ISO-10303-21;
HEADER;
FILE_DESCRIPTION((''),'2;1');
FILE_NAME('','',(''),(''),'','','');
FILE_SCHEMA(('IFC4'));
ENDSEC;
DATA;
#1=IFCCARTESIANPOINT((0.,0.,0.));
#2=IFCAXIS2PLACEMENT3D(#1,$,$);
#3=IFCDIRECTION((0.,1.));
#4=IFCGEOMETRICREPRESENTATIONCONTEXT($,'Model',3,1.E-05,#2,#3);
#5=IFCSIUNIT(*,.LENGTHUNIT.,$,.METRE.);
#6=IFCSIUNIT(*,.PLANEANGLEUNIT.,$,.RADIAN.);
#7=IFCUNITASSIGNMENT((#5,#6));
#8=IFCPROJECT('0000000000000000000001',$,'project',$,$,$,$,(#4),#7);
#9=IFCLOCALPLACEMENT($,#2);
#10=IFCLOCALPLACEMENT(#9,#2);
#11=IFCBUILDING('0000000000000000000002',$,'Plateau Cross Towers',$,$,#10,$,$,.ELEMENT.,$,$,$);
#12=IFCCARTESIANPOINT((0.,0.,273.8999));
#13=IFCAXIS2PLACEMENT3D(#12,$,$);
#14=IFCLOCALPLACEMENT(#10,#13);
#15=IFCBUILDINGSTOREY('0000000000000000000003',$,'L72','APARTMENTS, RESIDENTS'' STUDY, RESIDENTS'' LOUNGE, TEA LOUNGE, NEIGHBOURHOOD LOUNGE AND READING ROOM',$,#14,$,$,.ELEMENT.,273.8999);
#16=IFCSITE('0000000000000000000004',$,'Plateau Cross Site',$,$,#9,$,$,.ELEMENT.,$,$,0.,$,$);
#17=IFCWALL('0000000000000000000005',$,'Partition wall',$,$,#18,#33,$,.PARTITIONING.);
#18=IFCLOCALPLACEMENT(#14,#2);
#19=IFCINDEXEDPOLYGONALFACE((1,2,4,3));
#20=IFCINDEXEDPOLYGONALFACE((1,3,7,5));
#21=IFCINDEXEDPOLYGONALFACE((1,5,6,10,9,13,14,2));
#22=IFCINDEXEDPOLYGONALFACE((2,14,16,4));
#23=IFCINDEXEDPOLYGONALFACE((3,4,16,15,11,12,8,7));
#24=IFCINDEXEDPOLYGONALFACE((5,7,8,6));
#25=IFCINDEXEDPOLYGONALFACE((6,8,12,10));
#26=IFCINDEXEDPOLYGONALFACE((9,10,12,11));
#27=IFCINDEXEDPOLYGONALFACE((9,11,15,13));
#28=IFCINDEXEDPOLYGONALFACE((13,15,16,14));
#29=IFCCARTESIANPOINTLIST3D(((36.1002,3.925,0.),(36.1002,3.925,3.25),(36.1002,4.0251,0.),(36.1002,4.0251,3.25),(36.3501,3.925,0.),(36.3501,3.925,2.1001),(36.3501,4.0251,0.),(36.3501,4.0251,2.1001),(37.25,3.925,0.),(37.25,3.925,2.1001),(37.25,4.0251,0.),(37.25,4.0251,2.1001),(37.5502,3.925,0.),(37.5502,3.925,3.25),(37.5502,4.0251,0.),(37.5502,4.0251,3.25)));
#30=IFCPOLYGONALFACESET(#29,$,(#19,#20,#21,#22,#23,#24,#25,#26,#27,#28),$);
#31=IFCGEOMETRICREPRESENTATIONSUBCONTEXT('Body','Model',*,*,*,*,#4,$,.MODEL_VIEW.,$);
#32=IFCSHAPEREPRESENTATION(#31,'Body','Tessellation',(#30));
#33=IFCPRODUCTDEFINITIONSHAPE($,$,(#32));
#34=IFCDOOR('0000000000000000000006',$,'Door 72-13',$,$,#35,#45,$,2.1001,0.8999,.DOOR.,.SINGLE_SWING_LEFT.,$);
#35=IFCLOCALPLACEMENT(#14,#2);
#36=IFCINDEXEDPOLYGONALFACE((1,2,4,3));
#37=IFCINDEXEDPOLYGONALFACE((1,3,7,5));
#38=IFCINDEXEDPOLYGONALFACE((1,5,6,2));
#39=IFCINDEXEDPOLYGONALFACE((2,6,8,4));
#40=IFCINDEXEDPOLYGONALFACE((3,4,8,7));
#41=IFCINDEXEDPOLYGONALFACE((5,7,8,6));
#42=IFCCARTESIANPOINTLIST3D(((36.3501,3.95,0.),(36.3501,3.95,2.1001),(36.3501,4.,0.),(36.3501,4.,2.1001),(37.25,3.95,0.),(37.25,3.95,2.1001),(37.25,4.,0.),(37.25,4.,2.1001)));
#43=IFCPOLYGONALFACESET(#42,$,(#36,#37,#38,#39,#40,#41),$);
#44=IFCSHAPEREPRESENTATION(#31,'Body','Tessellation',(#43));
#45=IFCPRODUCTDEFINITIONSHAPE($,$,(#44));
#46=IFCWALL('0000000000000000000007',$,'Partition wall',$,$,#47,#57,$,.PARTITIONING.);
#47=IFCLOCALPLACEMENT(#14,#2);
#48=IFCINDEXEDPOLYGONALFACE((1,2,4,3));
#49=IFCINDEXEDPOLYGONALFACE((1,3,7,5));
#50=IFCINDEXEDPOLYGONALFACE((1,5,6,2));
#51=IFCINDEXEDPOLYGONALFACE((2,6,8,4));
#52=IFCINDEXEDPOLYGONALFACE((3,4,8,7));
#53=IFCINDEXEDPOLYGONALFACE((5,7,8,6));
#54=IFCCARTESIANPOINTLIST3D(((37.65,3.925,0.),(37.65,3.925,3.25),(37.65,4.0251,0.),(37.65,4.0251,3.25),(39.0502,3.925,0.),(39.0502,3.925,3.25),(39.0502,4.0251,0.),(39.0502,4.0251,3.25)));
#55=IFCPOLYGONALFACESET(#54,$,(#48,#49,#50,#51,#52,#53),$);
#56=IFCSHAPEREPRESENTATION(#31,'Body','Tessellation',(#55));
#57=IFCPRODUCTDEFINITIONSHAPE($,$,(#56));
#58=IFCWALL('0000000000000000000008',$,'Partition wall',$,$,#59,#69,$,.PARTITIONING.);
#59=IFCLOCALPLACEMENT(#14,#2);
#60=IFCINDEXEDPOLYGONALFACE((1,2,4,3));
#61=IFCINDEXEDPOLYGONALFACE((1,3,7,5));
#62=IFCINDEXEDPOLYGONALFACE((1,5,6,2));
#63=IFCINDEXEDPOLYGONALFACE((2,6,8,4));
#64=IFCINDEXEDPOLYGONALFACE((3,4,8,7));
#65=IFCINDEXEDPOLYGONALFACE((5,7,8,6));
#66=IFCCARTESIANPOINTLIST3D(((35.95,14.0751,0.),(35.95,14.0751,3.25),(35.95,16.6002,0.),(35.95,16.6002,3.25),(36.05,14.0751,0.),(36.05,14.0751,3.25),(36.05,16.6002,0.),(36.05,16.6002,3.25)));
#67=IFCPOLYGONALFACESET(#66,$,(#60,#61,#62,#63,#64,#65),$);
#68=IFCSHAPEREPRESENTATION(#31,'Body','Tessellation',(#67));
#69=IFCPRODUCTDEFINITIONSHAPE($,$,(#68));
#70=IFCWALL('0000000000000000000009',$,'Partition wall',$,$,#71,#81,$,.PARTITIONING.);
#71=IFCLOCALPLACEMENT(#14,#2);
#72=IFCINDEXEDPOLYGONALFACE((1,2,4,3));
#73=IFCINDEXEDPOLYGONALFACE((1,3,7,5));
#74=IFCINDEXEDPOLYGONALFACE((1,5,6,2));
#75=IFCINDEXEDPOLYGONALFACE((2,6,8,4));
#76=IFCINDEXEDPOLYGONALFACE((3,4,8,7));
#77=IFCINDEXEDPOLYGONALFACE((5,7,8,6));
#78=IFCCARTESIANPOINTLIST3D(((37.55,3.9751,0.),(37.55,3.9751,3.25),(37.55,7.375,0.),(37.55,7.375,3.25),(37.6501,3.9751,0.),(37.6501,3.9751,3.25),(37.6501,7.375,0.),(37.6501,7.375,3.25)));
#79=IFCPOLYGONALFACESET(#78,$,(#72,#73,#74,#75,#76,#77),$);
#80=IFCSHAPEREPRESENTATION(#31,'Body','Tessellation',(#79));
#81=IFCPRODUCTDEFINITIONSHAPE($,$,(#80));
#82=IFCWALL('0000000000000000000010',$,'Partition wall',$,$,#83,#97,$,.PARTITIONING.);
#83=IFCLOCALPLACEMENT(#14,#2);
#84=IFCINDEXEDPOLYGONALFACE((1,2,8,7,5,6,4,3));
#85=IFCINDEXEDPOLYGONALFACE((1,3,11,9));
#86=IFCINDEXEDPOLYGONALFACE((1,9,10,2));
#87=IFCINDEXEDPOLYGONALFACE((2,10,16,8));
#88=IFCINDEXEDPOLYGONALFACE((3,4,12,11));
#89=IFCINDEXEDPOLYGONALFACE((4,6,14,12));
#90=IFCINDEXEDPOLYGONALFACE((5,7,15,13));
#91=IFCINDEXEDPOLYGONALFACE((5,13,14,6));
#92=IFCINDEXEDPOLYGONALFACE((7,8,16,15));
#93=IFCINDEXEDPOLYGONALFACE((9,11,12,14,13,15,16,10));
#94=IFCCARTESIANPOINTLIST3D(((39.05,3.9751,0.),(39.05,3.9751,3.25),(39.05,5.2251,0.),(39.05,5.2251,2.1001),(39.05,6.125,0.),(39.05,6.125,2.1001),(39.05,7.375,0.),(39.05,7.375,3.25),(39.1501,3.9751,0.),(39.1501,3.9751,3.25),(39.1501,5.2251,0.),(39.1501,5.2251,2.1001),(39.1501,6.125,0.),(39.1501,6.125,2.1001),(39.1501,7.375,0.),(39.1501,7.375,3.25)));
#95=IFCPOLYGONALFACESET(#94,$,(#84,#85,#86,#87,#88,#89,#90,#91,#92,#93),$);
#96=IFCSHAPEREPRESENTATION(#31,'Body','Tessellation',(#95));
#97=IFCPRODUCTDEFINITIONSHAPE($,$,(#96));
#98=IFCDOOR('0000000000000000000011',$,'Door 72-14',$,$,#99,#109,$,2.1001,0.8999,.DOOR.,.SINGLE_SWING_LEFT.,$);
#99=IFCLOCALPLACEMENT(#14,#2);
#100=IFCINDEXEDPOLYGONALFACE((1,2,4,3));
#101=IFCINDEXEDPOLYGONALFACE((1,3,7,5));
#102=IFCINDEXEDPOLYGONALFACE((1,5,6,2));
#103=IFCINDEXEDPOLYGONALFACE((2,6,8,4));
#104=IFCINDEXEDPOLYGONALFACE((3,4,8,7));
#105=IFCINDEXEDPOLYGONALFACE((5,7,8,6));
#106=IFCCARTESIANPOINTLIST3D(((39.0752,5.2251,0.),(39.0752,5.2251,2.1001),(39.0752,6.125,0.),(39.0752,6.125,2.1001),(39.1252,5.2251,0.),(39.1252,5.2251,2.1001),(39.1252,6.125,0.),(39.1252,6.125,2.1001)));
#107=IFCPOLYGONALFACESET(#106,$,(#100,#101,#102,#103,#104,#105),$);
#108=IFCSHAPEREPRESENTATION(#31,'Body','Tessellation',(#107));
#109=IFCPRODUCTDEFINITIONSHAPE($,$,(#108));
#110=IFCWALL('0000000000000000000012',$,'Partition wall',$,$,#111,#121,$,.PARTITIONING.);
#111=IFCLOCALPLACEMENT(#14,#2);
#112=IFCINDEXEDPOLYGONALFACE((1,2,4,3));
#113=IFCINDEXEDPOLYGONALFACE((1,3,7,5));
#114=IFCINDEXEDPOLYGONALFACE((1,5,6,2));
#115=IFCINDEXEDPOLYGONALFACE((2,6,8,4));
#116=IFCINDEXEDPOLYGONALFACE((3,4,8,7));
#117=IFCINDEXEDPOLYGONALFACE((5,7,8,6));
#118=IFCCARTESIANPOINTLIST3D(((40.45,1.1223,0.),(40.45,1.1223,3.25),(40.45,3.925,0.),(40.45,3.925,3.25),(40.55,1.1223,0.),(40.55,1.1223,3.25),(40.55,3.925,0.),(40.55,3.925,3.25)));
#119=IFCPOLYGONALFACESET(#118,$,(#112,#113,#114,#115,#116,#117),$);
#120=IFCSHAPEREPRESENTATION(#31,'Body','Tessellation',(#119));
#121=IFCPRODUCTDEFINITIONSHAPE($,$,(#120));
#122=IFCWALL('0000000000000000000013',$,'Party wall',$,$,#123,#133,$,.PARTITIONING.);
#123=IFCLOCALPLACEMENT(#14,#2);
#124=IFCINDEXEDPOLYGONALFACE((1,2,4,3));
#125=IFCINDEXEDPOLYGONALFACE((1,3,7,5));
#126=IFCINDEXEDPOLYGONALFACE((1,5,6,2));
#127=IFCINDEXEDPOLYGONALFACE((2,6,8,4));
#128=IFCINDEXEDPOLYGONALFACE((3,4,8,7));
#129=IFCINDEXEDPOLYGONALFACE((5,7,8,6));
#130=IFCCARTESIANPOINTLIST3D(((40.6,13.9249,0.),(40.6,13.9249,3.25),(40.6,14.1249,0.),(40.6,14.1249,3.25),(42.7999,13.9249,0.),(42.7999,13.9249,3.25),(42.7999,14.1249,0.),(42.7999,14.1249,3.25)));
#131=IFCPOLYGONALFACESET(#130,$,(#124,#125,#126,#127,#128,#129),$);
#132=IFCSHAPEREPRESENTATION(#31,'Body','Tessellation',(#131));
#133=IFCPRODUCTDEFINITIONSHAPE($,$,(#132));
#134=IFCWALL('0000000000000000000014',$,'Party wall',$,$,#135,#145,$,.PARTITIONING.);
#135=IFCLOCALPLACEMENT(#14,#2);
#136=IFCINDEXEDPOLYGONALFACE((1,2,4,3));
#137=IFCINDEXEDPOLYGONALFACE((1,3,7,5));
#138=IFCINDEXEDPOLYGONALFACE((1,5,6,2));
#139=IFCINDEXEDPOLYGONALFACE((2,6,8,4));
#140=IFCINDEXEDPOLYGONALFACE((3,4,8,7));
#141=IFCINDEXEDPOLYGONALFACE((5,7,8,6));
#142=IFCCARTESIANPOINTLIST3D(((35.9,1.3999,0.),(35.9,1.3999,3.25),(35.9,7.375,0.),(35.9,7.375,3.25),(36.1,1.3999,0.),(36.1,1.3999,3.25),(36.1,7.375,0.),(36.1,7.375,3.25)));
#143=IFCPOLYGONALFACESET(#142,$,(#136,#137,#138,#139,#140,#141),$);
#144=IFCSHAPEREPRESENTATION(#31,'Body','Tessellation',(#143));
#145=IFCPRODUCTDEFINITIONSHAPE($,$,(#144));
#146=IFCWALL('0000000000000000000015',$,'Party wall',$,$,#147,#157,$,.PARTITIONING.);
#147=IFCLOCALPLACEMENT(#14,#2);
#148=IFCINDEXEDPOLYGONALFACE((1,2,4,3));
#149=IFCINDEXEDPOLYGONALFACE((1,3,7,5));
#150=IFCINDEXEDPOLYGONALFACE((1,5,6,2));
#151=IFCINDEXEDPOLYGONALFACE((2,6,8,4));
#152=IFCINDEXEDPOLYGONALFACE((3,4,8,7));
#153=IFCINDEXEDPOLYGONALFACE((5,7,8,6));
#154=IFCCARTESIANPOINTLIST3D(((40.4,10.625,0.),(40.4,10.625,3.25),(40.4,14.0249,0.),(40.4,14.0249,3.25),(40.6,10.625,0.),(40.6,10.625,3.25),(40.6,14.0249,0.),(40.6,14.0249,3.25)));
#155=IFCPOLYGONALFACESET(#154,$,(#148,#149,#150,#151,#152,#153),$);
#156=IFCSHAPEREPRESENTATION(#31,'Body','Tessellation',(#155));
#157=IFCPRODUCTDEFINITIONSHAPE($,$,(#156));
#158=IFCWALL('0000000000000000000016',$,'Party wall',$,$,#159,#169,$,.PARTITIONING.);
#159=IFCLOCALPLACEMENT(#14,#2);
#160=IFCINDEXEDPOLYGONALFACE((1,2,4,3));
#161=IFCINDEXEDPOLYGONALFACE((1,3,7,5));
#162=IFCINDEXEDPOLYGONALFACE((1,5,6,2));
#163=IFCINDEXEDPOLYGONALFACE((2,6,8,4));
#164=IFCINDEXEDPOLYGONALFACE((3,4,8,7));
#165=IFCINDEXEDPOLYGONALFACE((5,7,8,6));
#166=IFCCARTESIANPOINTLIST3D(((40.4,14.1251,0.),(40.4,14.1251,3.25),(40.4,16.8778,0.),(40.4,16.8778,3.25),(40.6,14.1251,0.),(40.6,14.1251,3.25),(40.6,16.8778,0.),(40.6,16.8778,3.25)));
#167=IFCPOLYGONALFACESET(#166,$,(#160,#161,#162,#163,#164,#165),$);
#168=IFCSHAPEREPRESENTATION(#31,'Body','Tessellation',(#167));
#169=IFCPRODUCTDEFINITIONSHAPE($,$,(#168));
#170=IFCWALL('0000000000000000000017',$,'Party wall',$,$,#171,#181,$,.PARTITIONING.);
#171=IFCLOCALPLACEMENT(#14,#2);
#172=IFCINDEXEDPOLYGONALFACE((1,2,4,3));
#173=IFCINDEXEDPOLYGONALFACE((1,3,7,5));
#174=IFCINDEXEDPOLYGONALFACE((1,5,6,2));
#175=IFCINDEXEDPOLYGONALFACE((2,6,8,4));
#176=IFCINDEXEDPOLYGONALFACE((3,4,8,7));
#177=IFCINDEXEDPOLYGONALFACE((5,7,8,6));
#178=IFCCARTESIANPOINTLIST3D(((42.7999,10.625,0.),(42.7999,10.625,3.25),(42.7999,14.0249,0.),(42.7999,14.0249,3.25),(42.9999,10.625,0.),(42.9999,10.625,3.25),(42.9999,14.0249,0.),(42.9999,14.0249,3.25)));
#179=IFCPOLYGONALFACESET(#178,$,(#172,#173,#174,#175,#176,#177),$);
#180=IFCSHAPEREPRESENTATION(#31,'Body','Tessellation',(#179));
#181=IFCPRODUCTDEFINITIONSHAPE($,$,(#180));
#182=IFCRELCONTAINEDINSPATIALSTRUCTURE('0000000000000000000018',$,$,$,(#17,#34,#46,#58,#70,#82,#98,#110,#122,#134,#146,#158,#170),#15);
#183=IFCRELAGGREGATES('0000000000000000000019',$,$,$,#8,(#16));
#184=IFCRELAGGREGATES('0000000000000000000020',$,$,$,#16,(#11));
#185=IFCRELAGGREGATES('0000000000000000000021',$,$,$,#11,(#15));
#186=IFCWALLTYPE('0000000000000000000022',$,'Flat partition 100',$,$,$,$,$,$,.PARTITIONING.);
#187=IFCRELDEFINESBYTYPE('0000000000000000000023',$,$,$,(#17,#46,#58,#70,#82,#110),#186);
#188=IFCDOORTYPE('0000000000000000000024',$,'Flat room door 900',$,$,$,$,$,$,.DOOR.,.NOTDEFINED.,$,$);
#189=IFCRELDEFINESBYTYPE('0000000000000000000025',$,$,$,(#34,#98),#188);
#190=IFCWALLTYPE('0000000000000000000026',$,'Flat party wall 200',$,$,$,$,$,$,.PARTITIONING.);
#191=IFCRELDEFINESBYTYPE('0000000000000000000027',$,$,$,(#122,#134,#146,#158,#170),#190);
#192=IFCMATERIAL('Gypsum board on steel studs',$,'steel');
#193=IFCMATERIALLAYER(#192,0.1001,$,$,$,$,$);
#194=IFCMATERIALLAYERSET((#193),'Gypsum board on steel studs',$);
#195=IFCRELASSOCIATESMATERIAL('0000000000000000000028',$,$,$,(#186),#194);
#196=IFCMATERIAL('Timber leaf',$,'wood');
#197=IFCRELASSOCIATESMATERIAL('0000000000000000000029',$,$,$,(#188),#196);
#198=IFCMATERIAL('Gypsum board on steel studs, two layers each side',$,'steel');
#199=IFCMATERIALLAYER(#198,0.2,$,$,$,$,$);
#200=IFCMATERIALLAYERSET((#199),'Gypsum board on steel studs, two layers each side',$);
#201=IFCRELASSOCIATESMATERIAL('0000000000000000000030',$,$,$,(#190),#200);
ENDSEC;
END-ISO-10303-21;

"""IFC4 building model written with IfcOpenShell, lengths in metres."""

from ifc_helpers import new_model, si_unit, direction, frame, frame_2d, origin, place, context, subcontext, project, spatial, rectangle, extrude, material, layer, layer_set, type_object, element, fill, save


model = new_model("IFC4")

# Units and contexts
model_context = context("Model", 3, precision=1e-05, world=origin(), true_north=direction((0.0, 1.0)))
body_context = subcontext(model_context, "Body", "Model", "MODEL_VIEW")
ifc_project = project(units=[si_unit("LENGTHUNIT", "METRE"), si_unit("PLANEANGLEUNIT", "RADIAN")], contexts=[model_context])

# Site, building, storey
site_placement = place(None, origin())
site = spatial("IfcSite", under=ifc_project, at=site_placement, Name="Plateau Cross Site", CompositionType="ELEMENT", RefElevation=0.0)
building_placement = place(site_placement, origin())
building = spatial("IfcBuilding", under=site, at=building_placement, Name="Plateau Cross Towers", CompositionType="ELEMENT")
storey_placement = place(building_placement, frame((0.0, 0.0, 273.8999)))
storey = spatial("IfcBuildingStorey", under=building, at=storey_placement, Name="L72", Description="APARTMENTS, RESIDENTS' STUDY, RESIDENTS' LOUNGE, TEA LOUNGE, NEIGHBOURHOOD LOUNGE AND READING ROOM", CompositionType="ELEMENT", Elevation=273.8999)

# Wall, opening, door
ifc_material_1 = material(Name="Gypsum board on steel studs", Category="steel")
ifc_layer_1 = layer(ifc_material_1, 0.1001)
ifc_layer_set_1 = layer_set([ifc_layer_1], Name="Gypsum board on steel studs")
wall_type_1 = type_object("IfcWallType", Name="Flat partition 100", PredefinedType="PARTITIONING", material=ifc_layer_set_1)
wall_1_placement = place(storey_placement, frame((36.1001, 3.9751, 0.0), z_axis=(0.0, 0.0, 1.0), x_axis=(1.0, 0.0, 0.0)))
wall_1 = element("IfcWall", 1, at=wall_1_placement, inside=storey, type_object=wall_type_1, Name="Partition wall", PredefinedType="PARTITIONING", context=body_context, shape_type="SweptSolid", body=[
    extrude(rectangle(XDim=1.45, YDim=0.1001, at=frame_2d((0.7251, 0.0))), origin(), (0.0, 0.0, 1.0), 3.25),
])
opening_1_placement = place(wall_1_placement, frame((0.25, 0.0, 0.0)))
opening_1 = element("IfcOpeningElement", 2, at=opening_1_placement, cuts=wall_1, PredefinedType="OPENING", context=body_context, shape_type="SweptSolid", body=[
    extrude(rectangle(XDim=0.8999, YDim=2.1001, at=frame_2d((0.45, 1.05))), frame((0.0, 0.0601, 0.0), z_axis=(0.0, -1.0, 0.0), x_axis=(1.0, 0.0, 0.0)), (0.0, 0.0, 1.0), 0.1201),
])
ifc_material_2 = material(Name="Timber leaf", Category="wood")
door_type_1 = type_object("IfcDoorType", Name="Flat room door 900", OperationType="NOTDEFINED", PredefinedType="DOOR", material=ifc_material_2)
door_1_placement = place(opening_1_placement, origin())
door_1 = element("IfcDoor", 3, at=door_1_placement, inside=storey, type_object=door_type_1, Name="Door 72-13", OperationType="SINGLE_SWING_LEFT", OverallHeight=2.1001, OverallWidth=0.8999, PredefinedType="DOOR", context=body_context, shape_type="SweptSolid", body=[
    extrude(rectangle(XDim=0.8999, YDim=2.1001, at=frame_2d((0.45, 1.05))), frame((0.0, 0.0249, 0.0), z_axis=(0.0, -1.0, 0.0), x_axis=(1.0, 0.0, 0.0)), (0.0, 0.0, 1.0), 0.05),
])
fill(opening_1, door_1)

# Walls
wall_2_placement = place(storey_placement, frame((37.6499, 3.9751, 0.0), z_axis=(0.0, 0.0, 1.0), x_axis=(1.0, 0.0, 0.0)))
element("IfcWall", 4, at=wall_2_placement, inside=storey, type_object=wall_type_1, Name="Partition wall", PredefinedType="PARTITIONING", context=body_context, shape_type="SweptSolid", body=[
    extrude(rectangle(XDim=1.4001, YDim=0.1001, at=frame_2d((0.7002, 0.0))), origin(), (0.0, 0.0, 1.0), 3.25),
])
wall_3_placement = place(storey_placement, frame((36.0, 14.075, 0.0), z_axis=(0.0, 0.0, 1.0), x_axis=(0.0, 1.0, 0.0)))
element("IfcWall", 5, at=wall_3_placement, inside=storey, type_object=wall_type_1, Name="Partition wall", PredefinedType="PARTITIONING", context=body_context, shape_type="SweptSolid", body=[
    extrude(rectangle(XDim=2.5251, YDim=0.1001, at=frame_2d((1.2627, 0.0))), origin(), (0.0, 0.0, 1.0), 3.25),
])
wall_4_placement = place(storey_placement, frame((37.6001, 3.9751, 0.0), z_axis=(0.0, 0.0, 1.0), x_axis=(0.0, 1.0, 0.0)))
element("IfcWall", 6, at=wall_4_placement, inside=storey, type_object=wall_type_1, Name="Partition wall", PredefinedType="PARTITIONING", context=body_context, shape_type="SweptSolid", body=[
    extrude(rectangle(XDim=3.3999, YDim=0.1001, at=frame_2d((1.7, 0.0))), origin(), (0.0, 0.0, 1.0), 3.25),
])

# Wall, opening, door
wall_5_placement = place(storey_placement, frame((39.1001, 3.9751, 0.0), z_axis=(0.0, 0.0, 1.0), x_axis=(0.0, 1.0, 0.0)))
wall_5 = element("IfcWall", 7, at=wall_5_placement, inside=storey, type_object=wall_type_1, Name="Partition wall", PredefinedType="PARTITIONING", context=body_context, shape_type="SweptSolid", body=[
    extrude(rectangle(XDim=3.3999, YDim=0.1001, at=frame_2d((1.7, 0.0))), origin(), (0.0, 0.0, 1.0), 3.25),
])
opening_2_placement = place(wall_5_placement, frame((1.25, 0.0, 0.0)))
opening_2 = element("IfcOpeningElement", 8, at=opening_2_placement, cuts=wall_5, PredefinedType="OPENING", context=body_context, shape_type="SweptSolid", body=[
    extrude(rectangle(XDim=0.8999, YDim=2.1001, at=frame_2d((0.45, 1.05))), frame((0.0, 0.0601, 0.0), z_axis=(0.0, -1.0, 0.0), x_axis=(1.0, 0.0, 0.0)), (0.0, 0.0, 1.0), 0.1201),
])
door_2_placement = place(opening_2_placement, origin())
door_2 = element("IfcDoor", 9, at=door_2_placement, inside=storey, type_object=door_type_1, Name="Door 72-14", OperationType="SINGLE_SWING_LEFT", OverallHeight=2.1001, OverallWidth=0.8999, PredefinedType="DOOR", context=body_context, shape_type="SweptSolid", body=[
    extrude(rectangle(XDim=0.8999, YDim=2.1001, at=frame_2d((0.45, 1.05))), frame((0.0, 0.0249, 0.0), z_axis=(0.0, -1.0, 0.0), x_axis=(1.0, 0.0, 0.0)), (0.0, 0.0, 1.0), 0.05),
])
fill(opening_2, door_2)

# Walls
wall_6_placement = place(storey_placement, frame((40.5, 3.925, 0.0), z_axis=(0.0, 0.0, 1.0), x_axis=(0.0, -1.0, 0.0)))
element("IfcWall", 10, at=wall_6_placement, inside=storey, type_object=wall_type_1, Name="Partition wall", PredefinedType="PARTITIONING", context=body_context, shape_type="SweptSolid", body=[
    extrude(rectangle(XDim=2.8027, YDim=0.1001, at=frame_2d((1.4014, 0.0))), origin(), (0.0, 0.0, 1.0), 3.25),
])
ifc_material_3 = material(Name="Gypsum board on steel studs, two layers each side", Category="steel")
ifc_layer_2 = layer(ifc_material_3, 0.2)
ifc_layer_set_2 = layer_set([ifc_layer_2], Name="Gypsum board on steel studs, two layers each side")
wall_type_2 = type_object("IfcWallType", Name="Flat party wall 200", PredefinedType="PARTITIONING", material=ifc_layer_set_2)
wall_7_placement = place(storey_placement, frame((42.8, 14.0249, 0.0), z_axis=(0.0, 0.0, 1.0), x_axis=(-1.0, 0.0, 0.0)))
element("IfcWall", 11, at=wall_7_placement, inside=storey, type_object=wall_type_2, Name="Party wall", PredefinedType="PARTITIONING", context=body_context, shape_type="SweptSolid", body=[
    extrude(rectangle(XDim=2.2, YDim=0.2, at=frame_2d((1.1001, 0.0))), origin(), (0.0, 0.0, 1.0), 3.25),
])
wall_8_placement = place(storey_placement, frame((36.0, 1.3999, 0.0), z_axis=(0.0, 0.0, 1.0), x_axis=(0.0, 1.0, 0.0)))
element("IfcWall", 12, at=wall_8_placement, inside=storey, type_object=wall_type_2, Name="Party wall", PredefinedType="PARTITIONING", context=body_context, shape_type="SweptSolid", body=[
    extrude(rectangle(XDim=5.9751, YDim=0.2, at=frame_2d((2.9875, 0.0))), origin(), (0.0, 0.0, 1.0), 3.25),
])
wall_9_placement = place(storey_placement, frame((40.5, 14.0249, 0.0), z_axis=(0.0, 0.0, 1.0), x_axis=(0.0, -1.0, 0.0)))
element("IfcWall", 13, at=wall_9_placement, inside=storey, type_object=wall_type_2, Name="Party wall", PredefinedType="PARTITIONING", context=body_context, shape_type="SweptSolid", body=[
    extrude(rectangle(XDim=3.3999, YDim=0.2, at=frame_2d((1.7, 0.0))), origin(), (0.0, 0.0, 1.0), 3.25),
])
wall_10_placement = place(storey_placement, frame((40.5, 14.125, 0.0), z_axis=(0.0, 0.0, 1.0), x_axis=(0.0, 1.0, 0.0)))
element("IfcWall", 14, at=wall_10_placement, inside=storey, type_object=wall_type_2, Name="Party wall", PredefinedType="PARTITIONING", context=body_context, shape_type="SweptSolid", body=[
    extrude(rectangle(XDim=2.7527, YDim=0.2, at=frame_2d((1.3765, 0.0))), origin(), (0.0, 0.0, 1.0), 3.25),
])
wall_11_placement = place(storey_placement, frame((42.8999, 10.625, 0.0), z_axis=(0.0, 0.0, 1.0), x_axis=(0.0, 1.0, 0.0)))
element("IfcWall", 15, at=wall_11_placement, inside=storey, type_object=wall_type_2, Name="Party wall", PredefinedType="PARTITIONING", context=body_context, shape_type="SweptSolid", body=[
    extrude(rectangle(XDim=3.3999, YDim=0.2, at=frame_2d((1.7, 0.0))), origin(), (0.0, 0.0, 1.0), 3.25),
])

save(model, "model.ifc")
